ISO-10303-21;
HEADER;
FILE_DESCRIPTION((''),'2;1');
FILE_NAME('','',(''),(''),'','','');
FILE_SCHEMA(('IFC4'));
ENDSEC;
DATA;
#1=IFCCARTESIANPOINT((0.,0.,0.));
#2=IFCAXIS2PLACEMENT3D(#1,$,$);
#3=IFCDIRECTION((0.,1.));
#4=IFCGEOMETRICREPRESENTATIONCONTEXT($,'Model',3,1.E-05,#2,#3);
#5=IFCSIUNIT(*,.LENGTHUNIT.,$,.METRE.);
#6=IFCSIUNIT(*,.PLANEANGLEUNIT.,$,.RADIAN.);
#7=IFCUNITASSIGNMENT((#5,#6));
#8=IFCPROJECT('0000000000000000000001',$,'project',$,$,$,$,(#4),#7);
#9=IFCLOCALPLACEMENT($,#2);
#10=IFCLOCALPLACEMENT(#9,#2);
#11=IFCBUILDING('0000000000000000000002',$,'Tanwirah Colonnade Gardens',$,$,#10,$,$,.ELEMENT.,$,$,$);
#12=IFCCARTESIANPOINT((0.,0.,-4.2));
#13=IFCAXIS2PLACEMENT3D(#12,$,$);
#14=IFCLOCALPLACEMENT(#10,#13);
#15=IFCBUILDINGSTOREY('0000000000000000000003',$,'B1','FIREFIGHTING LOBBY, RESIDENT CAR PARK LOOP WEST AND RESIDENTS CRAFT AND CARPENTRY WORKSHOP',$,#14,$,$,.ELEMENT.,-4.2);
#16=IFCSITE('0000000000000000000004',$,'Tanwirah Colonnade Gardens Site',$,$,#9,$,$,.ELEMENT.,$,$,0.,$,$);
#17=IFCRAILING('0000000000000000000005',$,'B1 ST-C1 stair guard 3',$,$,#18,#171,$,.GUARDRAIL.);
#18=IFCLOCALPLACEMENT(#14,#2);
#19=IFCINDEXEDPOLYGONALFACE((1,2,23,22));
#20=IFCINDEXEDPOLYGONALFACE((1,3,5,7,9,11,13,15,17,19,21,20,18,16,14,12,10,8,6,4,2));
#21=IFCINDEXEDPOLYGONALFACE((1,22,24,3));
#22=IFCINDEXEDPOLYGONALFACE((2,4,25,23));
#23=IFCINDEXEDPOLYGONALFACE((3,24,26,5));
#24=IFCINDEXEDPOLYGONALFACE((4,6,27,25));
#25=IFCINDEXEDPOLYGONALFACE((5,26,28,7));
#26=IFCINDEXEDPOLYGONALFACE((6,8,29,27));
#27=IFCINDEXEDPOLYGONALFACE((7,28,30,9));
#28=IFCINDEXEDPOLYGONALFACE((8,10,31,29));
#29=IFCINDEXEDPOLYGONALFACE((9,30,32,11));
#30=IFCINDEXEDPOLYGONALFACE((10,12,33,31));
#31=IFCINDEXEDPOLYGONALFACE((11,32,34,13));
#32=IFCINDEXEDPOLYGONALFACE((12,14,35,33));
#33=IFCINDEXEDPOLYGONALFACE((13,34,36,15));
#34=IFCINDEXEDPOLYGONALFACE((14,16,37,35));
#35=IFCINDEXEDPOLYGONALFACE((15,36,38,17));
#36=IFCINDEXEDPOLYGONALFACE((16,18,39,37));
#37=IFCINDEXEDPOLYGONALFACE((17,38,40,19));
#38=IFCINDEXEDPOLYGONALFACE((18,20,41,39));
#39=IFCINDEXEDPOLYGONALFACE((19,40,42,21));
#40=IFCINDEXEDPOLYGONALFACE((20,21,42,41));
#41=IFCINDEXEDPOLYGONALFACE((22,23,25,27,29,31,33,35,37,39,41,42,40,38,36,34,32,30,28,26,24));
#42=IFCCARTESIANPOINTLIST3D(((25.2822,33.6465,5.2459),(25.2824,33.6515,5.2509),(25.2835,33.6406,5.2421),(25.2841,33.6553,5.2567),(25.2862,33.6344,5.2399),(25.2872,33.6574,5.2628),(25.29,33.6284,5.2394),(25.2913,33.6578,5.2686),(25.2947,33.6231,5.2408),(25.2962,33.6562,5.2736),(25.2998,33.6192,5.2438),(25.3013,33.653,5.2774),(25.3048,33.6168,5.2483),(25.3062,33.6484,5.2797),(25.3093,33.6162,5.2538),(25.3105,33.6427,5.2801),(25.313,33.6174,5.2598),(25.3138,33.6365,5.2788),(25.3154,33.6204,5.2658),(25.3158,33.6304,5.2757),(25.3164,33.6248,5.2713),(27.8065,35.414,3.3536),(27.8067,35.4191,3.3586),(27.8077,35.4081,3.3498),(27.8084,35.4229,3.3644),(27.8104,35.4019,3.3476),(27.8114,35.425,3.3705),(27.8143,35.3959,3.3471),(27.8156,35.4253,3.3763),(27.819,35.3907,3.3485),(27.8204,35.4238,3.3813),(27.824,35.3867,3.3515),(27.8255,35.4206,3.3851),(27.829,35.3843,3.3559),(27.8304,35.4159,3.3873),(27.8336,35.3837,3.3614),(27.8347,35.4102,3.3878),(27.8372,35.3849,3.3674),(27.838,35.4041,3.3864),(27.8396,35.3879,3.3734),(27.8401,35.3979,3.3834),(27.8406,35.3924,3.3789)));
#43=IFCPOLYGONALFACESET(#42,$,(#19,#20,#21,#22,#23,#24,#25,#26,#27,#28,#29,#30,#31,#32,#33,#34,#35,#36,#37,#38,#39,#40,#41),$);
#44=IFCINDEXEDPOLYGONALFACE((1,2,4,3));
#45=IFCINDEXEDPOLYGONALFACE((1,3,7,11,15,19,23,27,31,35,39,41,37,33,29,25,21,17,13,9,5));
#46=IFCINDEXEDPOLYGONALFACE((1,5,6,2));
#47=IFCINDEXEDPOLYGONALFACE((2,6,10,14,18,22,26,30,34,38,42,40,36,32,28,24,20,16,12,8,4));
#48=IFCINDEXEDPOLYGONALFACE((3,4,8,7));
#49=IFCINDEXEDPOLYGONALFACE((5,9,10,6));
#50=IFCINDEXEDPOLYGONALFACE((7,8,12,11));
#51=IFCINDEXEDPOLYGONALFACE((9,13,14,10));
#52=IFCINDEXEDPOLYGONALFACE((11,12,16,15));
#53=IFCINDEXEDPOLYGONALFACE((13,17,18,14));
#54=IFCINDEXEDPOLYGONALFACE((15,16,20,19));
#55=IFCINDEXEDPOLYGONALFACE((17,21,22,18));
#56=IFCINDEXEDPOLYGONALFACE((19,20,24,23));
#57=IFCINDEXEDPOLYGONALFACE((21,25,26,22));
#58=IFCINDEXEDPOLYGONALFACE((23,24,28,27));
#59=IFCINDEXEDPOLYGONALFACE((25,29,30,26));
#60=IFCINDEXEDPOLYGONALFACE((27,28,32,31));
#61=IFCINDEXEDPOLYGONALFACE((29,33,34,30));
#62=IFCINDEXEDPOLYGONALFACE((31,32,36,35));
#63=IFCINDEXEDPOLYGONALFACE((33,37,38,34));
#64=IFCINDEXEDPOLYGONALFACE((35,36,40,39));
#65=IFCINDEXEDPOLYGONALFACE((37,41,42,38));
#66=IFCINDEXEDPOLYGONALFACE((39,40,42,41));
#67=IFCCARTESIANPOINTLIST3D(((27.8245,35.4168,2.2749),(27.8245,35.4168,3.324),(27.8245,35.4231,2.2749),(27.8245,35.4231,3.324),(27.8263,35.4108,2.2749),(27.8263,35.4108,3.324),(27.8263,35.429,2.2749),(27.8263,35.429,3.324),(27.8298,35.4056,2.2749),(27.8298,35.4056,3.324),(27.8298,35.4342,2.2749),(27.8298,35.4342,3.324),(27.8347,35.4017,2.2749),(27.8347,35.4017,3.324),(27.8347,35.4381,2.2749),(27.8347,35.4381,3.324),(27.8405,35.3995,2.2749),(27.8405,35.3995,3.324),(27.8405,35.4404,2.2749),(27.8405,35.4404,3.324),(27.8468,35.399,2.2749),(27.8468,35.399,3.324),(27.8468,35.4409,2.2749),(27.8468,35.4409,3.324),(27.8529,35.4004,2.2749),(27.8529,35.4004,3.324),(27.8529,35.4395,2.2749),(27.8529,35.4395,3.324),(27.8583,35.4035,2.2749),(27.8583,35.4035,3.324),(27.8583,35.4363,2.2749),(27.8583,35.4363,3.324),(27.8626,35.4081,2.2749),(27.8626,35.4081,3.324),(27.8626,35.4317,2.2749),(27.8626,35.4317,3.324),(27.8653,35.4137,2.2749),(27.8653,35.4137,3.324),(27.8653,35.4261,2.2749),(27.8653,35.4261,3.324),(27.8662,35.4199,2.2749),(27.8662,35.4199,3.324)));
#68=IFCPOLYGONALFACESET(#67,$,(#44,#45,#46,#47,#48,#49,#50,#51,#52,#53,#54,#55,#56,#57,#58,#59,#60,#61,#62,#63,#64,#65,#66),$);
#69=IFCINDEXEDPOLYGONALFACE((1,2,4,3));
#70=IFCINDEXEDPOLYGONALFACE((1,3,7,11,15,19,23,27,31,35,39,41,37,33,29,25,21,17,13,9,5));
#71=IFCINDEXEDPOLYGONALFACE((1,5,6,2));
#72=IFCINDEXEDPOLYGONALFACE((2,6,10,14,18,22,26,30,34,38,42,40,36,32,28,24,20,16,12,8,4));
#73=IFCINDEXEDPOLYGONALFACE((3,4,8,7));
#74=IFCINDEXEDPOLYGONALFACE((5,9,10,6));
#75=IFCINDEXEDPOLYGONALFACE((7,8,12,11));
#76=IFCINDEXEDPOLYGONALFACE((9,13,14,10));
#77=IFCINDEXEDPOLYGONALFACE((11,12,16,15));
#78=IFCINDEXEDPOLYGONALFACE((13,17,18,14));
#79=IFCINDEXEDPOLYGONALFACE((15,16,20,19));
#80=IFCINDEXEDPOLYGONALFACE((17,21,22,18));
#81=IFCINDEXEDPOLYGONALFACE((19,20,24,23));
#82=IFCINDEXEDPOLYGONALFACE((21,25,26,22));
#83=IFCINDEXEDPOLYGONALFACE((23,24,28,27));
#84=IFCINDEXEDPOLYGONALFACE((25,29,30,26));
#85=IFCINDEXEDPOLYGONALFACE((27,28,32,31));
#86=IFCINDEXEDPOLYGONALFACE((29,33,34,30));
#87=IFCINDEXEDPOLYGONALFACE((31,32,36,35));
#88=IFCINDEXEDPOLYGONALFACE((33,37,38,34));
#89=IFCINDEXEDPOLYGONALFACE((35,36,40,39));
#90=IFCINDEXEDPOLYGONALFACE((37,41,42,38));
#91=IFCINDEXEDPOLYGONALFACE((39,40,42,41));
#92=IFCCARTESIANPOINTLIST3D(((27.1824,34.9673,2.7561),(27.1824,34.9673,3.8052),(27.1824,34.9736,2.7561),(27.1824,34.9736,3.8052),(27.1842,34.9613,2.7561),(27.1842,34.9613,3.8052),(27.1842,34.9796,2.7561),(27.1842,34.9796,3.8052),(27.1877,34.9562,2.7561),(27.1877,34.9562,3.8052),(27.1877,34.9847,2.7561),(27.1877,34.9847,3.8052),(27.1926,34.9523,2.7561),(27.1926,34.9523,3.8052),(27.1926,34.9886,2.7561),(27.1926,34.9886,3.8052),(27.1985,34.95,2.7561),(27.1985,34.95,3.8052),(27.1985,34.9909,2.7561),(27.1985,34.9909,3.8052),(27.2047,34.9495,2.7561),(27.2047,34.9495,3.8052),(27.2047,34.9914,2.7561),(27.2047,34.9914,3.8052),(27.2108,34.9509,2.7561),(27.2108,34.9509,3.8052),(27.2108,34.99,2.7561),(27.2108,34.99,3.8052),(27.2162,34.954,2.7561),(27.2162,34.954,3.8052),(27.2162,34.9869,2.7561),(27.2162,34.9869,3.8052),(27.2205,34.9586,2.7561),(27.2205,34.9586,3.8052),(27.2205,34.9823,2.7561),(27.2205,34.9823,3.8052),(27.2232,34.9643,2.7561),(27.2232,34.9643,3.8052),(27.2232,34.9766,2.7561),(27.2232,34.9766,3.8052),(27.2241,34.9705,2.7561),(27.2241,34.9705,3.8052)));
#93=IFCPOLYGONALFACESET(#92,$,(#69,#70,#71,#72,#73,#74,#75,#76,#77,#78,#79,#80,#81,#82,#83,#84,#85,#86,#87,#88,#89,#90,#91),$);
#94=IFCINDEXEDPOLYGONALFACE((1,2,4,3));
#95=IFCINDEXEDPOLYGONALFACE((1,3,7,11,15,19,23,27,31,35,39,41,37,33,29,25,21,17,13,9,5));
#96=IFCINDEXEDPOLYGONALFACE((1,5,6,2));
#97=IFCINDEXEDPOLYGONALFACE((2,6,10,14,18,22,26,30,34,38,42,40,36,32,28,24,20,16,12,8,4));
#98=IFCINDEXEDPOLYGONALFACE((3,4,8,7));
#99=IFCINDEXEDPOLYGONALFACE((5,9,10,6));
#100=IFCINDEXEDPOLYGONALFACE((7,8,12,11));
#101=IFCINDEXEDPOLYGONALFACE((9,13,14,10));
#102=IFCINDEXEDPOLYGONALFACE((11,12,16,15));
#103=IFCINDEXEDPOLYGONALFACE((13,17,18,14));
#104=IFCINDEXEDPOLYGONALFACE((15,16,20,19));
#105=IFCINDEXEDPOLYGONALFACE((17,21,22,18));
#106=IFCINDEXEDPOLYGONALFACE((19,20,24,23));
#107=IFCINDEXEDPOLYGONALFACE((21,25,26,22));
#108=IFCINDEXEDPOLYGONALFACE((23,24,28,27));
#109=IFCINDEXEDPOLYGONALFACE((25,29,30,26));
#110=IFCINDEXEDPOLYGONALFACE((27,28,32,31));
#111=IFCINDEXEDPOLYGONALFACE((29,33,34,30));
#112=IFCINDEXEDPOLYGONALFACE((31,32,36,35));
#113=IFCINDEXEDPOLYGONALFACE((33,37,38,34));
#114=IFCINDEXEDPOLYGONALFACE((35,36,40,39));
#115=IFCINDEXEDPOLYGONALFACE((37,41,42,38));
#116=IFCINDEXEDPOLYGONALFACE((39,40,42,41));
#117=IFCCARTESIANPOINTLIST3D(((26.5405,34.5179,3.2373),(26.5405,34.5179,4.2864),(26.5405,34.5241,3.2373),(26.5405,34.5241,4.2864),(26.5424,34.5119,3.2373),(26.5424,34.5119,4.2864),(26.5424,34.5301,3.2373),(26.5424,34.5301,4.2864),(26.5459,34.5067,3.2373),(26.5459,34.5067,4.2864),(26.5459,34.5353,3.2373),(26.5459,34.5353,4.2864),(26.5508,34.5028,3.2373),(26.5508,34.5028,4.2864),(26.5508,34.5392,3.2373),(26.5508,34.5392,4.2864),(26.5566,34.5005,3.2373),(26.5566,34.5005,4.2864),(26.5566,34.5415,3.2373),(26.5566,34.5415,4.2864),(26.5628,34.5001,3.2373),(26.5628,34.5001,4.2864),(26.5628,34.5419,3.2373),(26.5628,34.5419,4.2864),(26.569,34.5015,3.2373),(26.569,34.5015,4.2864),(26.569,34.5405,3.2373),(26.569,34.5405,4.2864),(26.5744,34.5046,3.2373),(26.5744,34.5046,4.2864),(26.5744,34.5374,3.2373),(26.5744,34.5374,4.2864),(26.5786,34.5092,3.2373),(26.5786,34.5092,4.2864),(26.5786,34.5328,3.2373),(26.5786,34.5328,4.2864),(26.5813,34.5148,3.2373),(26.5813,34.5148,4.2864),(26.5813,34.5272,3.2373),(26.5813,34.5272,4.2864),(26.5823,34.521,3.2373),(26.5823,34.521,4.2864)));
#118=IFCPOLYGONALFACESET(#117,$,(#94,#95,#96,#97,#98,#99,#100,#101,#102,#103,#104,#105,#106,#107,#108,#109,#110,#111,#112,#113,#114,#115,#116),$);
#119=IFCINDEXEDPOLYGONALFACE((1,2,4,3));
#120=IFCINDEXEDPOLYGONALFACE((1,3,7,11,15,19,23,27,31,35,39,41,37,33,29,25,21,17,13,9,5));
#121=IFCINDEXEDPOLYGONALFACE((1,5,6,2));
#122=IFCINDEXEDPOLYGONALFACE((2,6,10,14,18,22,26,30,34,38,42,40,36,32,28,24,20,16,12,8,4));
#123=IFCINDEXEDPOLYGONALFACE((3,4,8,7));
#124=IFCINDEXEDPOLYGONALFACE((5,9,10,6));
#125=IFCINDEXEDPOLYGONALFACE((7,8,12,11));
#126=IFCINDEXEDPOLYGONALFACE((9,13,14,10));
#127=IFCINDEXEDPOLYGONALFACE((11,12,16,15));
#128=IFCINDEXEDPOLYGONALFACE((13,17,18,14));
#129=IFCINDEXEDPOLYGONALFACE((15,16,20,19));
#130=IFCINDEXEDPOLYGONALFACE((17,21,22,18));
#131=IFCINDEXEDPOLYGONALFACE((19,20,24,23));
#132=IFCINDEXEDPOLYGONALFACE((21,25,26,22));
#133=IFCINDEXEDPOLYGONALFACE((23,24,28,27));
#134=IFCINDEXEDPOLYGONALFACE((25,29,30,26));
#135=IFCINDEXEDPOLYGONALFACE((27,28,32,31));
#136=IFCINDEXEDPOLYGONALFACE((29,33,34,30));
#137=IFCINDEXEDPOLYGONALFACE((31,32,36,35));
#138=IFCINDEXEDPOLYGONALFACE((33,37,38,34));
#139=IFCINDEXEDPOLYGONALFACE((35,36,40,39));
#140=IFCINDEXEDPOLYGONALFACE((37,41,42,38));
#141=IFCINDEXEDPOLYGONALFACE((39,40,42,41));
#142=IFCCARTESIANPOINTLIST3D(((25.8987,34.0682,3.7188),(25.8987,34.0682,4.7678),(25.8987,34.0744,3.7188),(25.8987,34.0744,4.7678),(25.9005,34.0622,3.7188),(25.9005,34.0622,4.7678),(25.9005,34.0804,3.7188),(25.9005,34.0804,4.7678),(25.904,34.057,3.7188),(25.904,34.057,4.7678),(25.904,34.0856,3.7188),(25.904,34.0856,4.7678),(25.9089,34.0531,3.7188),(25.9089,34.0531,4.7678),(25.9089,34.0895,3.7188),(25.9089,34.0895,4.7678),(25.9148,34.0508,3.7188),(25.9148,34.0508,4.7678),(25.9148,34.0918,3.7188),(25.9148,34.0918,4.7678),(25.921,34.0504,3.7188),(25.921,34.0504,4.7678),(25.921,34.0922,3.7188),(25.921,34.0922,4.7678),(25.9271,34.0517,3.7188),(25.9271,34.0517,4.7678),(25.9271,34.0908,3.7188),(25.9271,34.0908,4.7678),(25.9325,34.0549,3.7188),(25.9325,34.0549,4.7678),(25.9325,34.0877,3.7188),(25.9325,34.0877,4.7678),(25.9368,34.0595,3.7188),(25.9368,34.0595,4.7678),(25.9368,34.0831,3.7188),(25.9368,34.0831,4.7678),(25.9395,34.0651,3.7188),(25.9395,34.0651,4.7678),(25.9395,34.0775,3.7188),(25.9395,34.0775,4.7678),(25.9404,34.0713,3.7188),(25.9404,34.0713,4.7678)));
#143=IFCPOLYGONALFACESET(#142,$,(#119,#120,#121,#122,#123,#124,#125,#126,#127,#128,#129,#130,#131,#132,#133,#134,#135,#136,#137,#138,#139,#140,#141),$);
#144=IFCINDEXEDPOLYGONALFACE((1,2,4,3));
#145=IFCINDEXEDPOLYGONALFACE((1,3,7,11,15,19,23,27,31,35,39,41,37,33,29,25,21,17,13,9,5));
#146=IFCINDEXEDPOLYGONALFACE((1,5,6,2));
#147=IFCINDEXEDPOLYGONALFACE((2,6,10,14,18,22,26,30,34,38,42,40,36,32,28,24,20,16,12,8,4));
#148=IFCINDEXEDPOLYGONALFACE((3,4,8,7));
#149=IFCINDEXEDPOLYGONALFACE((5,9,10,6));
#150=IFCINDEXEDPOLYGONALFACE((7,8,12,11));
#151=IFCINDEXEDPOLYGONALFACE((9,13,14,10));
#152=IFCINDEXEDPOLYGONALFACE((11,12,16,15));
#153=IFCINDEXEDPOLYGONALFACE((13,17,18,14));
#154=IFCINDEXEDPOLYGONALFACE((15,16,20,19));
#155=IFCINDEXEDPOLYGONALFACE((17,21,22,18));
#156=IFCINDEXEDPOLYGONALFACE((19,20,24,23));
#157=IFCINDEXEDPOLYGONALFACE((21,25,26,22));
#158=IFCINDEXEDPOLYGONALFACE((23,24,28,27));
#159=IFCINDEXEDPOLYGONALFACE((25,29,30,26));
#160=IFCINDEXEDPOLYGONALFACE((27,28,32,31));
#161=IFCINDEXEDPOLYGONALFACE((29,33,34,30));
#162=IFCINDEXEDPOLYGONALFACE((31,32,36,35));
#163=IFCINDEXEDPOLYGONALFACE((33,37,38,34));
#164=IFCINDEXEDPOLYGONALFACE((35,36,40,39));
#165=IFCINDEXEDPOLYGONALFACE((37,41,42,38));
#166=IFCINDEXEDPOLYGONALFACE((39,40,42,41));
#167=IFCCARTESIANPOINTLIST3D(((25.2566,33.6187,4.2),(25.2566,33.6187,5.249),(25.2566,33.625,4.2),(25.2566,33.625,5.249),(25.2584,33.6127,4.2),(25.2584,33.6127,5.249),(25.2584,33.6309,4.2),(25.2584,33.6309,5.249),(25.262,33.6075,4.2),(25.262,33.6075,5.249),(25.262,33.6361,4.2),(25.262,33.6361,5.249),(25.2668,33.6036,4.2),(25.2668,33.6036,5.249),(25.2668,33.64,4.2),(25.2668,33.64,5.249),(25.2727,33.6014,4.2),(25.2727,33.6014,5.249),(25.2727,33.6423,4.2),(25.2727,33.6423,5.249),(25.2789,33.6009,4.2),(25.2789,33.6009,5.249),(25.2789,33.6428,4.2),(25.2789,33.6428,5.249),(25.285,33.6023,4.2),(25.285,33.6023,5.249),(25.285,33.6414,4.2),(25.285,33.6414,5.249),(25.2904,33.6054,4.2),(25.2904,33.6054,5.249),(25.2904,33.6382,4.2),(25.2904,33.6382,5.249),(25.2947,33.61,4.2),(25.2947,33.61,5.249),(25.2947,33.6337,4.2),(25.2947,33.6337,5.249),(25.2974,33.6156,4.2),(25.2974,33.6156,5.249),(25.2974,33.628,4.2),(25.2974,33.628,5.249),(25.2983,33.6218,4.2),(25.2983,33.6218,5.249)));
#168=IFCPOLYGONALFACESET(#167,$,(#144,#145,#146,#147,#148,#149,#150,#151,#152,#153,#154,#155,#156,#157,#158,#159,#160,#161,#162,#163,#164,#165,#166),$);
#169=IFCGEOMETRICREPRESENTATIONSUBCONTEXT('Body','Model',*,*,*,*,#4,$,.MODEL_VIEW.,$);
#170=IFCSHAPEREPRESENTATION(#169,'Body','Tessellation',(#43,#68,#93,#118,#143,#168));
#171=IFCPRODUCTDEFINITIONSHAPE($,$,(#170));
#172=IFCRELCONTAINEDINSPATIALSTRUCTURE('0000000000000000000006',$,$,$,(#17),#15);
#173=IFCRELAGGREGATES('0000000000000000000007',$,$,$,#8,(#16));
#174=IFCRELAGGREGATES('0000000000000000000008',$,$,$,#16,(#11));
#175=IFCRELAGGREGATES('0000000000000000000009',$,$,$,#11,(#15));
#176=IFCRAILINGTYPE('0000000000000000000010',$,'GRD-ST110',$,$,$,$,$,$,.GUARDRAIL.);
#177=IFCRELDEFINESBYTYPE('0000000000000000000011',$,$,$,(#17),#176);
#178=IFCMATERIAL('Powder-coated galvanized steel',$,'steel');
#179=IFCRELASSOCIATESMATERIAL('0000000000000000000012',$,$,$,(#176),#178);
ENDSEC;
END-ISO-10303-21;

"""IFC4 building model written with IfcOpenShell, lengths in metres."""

from ifc_helpers import new_model, si_unit, direction, frame, origin, origin_2d, place, context, subcontext, project, spatial, circle, extrude, material, type_object, element, save


model = new_model("IFC4")

# Units and contexts
model_context = context("Model", 3, precision=1e-05, world=origin(), true_north=direction((0.0, 1.0)))
body_context = subcontext(model_context, "Body", "Model", "MODEL_VIEW")
ifc_project = project(units=[si_unit("LENGTHUNIT", "METRE"), si_unit("PLANEANGLEUNIT", "RADIAN")], contexts=[model_context])

# Site, building, storey
site_placement = place(None, origin())
site = spatial("IfcSite", under=ifc_project, at=site_placement, Name="Tanwirah Colonnade Gardens Site", CompositionType="ELEMENT", RefElevation=0.0)
building_placement = place(site_placement, origin())
building = spatial("IfcBuilding", under=site, at=building_placement, Name="Tanwirah Colonnade Gardens", CompositionType="ELEMENT")
storey_placement = place(building_placement, frame((0.0, 0.0, -4.2)))
storey = spatial("IfcBuildingStorey", under=building, at=storey_placement, Name="B1", Description="FIREFIGHTING LOBBY, RESIDENT CAR PARK LOOP WEST AND RESIDENTS CRAFT AND CARPENTRY WORKSHOP", CompositionType="ELEMENT", Elevation=-4.2)

# Railing
ifc_material_1 = material(Name="Powder-coated galvanized steel", Category="steel")
railing_type_1 = type_object("IfcRailingType", Name="GRD-ST110", PredefinedType="GUARDRAIL", material=ifc_material_1)
railing_1_placement = place(storey_placement, frame((27.8452, 35.4199, 2.2749)))
element("IfcRailing", 1, at=railing_1_placement, inside=storey, type_object=railing_type_1, Name="B1 ST-C1 stair guard 3", PredefinedType="GUARDRAIL", context=body_context, shape_type="SweptSolid", body=[
    extrude(circle(Radius=0.0239, at=origin_2d()), frame((-0.0217, -0.0154, 1.0925), z_axis=(-0.698035, -0.488784, 0.523294), x_axis=(0.573588, -0.819144, 0.0)), (0.0, 0.0, 1.0), 3.6162),
    extrude(circle(Radius=0.021, at=origin_2d()), origin(), (0.0, 0.0, 1.0), 1.0491),
    extrude(circle(Radius=0.021, at=origin_2d()), frame((-0.6421, -0.4495, 0.4812)), (0.0, 0.0, 1.0), 1.0491),
    extrude(circle(Radius=0.021, at=origin_2d()), frame((-1.2839, -0.8989, 0.9624)), (0.0, 0.0, 1.0), 1.0491),
    extrude(circle(Radius=0.021, at=origin_2d()), frame((-1.9258, -1.3486, 1.4438)), (0.0, 0.0, 1.0), 1.0491),
    extrude(circle(Radius=0.021, at=origin_2d()), frame((-2.5679, -1.7981, 1.925)), (0.0, 0.0, 1.0), 1.0491),
])

save(model, "model.ifc")
